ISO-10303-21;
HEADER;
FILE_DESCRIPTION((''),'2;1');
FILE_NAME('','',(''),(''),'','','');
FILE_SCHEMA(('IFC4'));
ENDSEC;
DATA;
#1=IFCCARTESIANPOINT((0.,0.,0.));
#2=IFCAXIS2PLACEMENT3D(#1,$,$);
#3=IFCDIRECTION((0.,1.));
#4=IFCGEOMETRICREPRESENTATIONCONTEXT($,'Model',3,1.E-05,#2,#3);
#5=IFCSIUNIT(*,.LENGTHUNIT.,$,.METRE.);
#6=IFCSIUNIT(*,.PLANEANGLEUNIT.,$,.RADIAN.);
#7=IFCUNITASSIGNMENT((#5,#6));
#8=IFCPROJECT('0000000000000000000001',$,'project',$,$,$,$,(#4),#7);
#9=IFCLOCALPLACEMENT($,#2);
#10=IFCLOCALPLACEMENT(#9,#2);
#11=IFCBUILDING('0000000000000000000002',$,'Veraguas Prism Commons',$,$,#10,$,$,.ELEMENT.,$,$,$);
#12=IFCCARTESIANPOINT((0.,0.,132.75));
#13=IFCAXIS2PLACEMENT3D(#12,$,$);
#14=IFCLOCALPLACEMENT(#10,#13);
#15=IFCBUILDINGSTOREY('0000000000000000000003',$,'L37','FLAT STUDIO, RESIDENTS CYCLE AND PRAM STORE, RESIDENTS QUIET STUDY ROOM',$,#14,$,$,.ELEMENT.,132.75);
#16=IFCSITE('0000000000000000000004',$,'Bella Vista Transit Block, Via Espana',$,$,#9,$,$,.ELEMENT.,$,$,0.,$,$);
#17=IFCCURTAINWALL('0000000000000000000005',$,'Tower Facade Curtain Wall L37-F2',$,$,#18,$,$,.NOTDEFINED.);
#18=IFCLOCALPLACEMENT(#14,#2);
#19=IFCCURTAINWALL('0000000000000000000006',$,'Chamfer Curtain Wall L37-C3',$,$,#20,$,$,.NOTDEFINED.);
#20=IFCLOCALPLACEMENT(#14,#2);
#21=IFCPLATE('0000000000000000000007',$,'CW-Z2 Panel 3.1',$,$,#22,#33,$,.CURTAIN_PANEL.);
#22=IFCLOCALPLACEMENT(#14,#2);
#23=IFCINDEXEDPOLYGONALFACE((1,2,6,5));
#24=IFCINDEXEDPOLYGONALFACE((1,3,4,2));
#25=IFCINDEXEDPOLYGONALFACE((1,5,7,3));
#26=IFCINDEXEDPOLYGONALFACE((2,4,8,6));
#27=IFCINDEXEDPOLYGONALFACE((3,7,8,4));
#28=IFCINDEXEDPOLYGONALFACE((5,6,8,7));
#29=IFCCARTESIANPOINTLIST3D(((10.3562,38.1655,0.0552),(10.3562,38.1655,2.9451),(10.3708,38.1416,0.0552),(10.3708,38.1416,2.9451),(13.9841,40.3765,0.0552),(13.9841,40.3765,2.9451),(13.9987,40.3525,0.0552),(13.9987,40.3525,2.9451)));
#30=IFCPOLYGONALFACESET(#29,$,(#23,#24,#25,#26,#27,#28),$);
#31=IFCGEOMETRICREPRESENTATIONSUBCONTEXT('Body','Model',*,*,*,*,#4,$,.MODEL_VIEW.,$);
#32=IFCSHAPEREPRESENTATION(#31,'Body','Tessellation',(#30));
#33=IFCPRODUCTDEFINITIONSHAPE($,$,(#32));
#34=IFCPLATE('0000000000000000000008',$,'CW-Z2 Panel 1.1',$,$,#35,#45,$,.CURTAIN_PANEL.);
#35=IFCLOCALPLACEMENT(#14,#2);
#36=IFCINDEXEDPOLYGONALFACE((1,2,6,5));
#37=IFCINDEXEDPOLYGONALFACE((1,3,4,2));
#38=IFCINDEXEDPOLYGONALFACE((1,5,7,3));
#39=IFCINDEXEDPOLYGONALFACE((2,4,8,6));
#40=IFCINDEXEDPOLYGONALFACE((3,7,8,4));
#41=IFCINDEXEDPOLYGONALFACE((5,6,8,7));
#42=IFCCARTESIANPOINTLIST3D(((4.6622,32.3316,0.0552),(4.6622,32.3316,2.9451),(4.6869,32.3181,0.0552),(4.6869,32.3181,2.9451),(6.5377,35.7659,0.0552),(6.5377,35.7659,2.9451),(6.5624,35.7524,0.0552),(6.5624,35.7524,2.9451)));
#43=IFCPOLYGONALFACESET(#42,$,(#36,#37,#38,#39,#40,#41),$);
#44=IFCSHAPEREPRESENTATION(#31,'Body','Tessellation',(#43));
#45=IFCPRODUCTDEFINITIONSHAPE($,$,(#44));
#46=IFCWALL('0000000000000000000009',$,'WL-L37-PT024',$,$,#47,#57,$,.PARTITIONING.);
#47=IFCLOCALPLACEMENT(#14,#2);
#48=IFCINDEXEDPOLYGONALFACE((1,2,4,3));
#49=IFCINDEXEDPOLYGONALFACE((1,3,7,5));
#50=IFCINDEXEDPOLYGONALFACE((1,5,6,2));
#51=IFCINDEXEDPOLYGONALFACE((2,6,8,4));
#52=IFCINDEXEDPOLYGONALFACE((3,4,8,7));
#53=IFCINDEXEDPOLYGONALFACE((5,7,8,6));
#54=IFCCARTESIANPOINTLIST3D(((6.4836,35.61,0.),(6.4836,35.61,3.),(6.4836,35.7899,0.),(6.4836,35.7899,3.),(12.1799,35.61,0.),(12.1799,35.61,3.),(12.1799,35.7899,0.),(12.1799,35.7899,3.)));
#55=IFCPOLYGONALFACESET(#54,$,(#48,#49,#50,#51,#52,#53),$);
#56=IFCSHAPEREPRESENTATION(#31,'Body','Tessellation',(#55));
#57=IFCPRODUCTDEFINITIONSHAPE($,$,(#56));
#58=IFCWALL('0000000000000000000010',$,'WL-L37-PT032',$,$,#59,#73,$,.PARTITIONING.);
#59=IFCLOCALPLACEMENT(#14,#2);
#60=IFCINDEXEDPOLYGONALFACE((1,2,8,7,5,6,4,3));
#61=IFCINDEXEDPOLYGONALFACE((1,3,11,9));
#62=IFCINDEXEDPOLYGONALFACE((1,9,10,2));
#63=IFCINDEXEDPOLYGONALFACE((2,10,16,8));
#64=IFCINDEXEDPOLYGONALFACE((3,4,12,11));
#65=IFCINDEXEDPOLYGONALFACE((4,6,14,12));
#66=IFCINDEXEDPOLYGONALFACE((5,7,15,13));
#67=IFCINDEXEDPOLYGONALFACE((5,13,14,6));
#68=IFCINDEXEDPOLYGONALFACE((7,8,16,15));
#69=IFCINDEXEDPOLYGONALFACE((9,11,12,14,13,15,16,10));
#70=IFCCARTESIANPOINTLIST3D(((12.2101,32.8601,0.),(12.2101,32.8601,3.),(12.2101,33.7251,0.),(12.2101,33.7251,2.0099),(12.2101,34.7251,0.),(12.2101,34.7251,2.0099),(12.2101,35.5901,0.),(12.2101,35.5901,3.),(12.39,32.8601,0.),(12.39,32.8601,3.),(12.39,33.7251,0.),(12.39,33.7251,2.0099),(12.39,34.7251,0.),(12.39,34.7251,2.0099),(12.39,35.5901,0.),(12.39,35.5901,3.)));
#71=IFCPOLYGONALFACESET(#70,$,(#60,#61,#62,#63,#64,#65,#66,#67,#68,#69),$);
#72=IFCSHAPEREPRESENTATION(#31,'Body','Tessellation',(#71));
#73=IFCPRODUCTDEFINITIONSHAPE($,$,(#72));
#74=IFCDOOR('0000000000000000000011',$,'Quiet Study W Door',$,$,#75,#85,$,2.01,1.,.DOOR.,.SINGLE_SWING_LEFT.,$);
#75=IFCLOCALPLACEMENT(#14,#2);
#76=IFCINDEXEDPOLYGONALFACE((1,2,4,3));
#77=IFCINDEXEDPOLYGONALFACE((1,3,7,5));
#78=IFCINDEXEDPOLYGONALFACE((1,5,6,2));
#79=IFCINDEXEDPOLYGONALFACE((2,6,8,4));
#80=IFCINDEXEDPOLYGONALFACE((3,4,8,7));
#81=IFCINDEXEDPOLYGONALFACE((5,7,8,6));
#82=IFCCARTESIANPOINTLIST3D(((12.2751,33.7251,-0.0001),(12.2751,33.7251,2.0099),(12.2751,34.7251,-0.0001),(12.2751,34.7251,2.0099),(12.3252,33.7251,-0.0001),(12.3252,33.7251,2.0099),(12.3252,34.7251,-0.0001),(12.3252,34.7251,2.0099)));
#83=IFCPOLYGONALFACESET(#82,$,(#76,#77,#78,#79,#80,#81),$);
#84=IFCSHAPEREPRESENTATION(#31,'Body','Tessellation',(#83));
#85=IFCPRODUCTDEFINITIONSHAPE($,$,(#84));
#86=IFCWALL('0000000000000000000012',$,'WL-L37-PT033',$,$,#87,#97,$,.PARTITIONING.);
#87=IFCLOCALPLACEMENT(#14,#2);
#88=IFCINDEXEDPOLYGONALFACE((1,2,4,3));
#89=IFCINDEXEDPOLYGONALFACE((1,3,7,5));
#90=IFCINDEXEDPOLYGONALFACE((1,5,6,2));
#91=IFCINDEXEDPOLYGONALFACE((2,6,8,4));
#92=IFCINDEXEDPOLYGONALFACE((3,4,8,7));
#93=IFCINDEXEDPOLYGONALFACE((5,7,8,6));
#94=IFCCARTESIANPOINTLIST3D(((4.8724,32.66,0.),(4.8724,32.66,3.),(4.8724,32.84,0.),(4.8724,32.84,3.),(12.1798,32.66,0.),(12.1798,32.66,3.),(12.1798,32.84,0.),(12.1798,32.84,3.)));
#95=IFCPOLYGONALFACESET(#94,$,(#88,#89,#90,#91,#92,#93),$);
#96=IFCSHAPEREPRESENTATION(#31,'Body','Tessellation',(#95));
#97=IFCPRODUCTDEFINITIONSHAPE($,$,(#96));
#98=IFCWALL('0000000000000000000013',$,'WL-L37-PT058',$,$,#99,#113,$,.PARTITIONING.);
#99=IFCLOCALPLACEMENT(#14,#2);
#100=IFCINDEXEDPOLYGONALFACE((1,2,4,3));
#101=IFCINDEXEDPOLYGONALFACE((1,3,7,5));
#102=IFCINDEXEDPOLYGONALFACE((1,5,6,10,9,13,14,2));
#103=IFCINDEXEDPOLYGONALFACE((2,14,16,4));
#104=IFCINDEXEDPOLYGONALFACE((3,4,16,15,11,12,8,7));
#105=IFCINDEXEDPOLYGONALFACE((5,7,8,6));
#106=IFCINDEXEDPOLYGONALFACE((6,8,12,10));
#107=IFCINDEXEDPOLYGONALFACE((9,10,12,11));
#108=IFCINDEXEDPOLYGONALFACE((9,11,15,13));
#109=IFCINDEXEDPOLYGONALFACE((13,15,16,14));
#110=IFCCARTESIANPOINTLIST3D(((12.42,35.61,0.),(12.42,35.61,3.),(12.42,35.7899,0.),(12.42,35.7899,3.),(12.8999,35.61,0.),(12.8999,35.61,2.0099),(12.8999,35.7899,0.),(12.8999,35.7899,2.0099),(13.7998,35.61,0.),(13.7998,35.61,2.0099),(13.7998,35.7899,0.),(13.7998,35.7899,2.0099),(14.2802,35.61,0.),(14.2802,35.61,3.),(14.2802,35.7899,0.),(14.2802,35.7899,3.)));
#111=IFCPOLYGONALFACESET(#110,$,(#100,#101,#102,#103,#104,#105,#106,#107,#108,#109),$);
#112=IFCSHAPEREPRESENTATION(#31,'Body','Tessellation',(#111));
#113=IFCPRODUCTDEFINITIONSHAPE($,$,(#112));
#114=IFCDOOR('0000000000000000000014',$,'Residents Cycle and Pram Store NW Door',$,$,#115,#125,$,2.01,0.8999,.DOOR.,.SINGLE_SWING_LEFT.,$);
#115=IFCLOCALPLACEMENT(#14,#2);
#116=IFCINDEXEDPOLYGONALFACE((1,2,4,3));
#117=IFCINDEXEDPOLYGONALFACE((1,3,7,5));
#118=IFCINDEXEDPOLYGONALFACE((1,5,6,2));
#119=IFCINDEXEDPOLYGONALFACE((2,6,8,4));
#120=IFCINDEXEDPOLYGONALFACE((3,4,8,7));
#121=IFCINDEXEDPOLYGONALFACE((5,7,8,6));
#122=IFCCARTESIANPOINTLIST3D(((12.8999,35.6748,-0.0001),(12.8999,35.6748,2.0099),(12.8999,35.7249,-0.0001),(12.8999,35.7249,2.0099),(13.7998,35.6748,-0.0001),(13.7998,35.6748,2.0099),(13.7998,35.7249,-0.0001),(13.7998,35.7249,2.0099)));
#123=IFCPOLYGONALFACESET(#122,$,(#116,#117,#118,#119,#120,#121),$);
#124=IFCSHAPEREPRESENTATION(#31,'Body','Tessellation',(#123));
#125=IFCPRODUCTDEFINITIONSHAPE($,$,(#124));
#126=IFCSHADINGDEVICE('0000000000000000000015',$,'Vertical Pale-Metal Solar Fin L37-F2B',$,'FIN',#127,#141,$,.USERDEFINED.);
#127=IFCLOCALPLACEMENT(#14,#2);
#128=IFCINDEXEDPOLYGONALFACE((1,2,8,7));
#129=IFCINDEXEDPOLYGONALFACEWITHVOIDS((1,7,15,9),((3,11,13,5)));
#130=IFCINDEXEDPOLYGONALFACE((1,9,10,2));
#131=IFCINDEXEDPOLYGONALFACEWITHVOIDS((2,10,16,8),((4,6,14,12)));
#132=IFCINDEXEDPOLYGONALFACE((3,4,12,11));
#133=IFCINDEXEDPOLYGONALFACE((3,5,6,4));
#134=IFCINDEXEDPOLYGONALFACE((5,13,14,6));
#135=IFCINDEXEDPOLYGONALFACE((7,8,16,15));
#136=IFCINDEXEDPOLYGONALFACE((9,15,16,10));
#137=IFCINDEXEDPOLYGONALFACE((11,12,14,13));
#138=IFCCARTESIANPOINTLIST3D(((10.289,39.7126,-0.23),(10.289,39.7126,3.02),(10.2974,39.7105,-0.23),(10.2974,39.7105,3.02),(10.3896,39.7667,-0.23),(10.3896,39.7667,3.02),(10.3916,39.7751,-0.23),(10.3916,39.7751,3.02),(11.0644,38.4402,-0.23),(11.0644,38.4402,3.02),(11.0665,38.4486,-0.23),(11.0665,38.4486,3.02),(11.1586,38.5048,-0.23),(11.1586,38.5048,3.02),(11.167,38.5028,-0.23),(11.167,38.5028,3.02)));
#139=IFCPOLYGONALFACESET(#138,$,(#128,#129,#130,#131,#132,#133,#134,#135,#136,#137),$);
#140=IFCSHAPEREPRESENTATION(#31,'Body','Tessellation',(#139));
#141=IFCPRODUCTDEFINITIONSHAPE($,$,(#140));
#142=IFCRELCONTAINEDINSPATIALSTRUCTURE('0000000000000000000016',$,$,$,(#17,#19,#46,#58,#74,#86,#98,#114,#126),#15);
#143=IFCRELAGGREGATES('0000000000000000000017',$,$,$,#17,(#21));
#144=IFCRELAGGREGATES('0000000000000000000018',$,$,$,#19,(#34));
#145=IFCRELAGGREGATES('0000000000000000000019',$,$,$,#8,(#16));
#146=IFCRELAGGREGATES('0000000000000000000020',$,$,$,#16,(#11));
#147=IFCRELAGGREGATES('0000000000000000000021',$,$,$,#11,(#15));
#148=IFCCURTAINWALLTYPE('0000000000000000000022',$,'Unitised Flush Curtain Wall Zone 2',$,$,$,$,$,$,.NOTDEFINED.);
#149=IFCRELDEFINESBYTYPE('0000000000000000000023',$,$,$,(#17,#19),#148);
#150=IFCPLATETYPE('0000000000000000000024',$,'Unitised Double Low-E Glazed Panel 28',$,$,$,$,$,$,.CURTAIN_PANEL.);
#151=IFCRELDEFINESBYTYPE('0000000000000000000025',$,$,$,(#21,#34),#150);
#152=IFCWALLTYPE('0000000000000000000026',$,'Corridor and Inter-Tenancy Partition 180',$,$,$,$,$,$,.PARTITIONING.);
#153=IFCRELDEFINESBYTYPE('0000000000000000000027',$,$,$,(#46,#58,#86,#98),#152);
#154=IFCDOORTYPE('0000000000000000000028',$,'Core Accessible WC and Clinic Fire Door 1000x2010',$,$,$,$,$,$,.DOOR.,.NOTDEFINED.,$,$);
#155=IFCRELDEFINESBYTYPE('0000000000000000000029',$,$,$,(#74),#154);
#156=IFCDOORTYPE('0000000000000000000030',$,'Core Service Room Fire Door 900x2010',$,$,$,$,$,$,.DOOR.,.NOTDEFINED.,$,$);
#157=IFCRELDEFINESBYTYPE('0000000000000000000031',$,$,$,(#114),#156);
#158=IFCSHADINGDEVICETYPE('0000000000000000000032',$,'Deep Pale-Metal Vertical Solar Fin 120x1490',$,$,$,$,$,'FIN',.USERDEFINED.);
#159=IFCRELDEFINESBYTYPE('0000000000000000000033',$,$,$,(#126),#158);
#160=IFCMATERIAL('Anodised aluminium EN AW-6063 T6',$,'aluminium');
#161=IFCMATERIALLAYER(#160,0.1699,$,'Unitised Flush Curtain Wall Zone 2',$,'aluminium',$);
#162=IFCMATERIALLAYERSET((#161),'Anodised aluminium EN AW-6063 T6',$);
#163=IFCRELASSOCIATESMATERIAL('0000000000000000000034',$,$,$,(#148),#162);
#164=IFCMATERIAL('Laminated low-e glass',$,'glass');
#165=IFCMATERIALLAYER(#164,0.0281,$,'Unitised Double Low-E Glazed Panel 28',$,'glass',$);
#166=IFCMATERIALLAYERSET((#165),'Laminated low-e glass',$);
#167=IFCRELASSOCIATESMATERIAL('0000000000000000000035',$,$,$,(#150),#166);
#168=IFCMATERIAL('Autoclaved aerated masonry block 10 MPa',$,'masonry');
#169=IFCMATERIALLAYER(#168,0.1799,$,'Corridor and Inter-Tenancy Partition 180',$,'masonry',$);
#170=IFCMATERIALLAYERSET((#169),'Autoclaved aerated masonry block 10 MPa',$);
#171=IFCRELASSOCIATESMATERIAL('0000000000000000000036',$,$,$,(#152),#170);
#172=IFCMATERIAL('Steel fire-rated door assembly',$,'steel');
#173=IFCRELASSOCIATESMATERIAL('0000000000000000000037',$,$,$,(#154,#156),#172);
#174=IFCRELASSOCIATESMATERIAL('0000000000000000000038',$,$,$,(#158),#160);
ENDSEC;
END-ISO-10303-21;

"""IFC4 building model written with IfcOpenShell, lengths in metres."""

from ifc_helpers import new_model, si_unit, direction, frame, frame_2d, origin, origin_2d, place, context, subcontext, project, spatial, rectangle, hollow_rectangle, extrude, source, transform, mapped, material, layer, layer_set, material_profile, profile_set, type_object, element, fill, aggregate, save


model = new_model("IFC4")

# Units and contexts
model_context = context("Model", 3, precision=1e-05, world=origin(), true_north=direction((0.0, 1.0)))
body_context = subcontext(model_context, "Body", "Model", "MODEL_VIEW")
ifc_project = project(units=[si_unit("LENGTHUNIT", "METRE"), si_unit("PLANEANGLEUNIT", "RADIAN")], contexts=[model_context])

# Site, building, storey
site_placement = place(None, origin())
site = spatial("IfcSite", under=ifc_project, at=site_placement, Name="Bella Vista Transit Block, Via Espana", CompositionType="ELEMENT", RefElevation=0.0)
building_placement = place(site_placement, origin())
building = spatial("IfcBuilding", under=site, at=building_placement, Name="Veraguas Prism Commons", CompositionType="ELEMENT")
storey_placement = place(building_placement, frame((0.0, 0.0, 132.75)))
storey = spatial("IfcBuildingStorey", under=building, at=storey_placement, Name="L37", Description="FLAT STUDIO, RESIDENTS CYCLE AND PRAM STORE, RESIDENTS QUIET STUDY ROOM", CompositionType="ELEMENT", Elevation=132.75)

# Curtain wall
ifc_material_1 = material(Name="Anodised aluminium EN AW-6063 T6", Category="aluminium")
ifc_layer_1 = layer(ifc_material_1, 0.1699, Name="Unitised Flush Curtain Wall Zone 2", Category="aluminium")
ifc_layer_set_1 = layer_set([ifc_layer_1], Name="Anodised aluminium EN AW-6063 T6")
curtain_wall_type = type_object("IfcCurtainWallType", Name="Unitised Flush Curtain Wall Zone 2", PredefinedType="NOTDEFINED", material=ifc_layer_set_1)
curtain_wall_1_placement = place(storey_placement, origin())
curtain_wall_1 = element("IfcCurtainWall", 1, at=curtain_wall_1_placement, inside=storey, type_object=curtain_wall_type, Name="Tower Facade Curtain Wall L37-F2", PredefinedType="NOTDEFINED")

# Curtain wall
curtain_wall_2_placement = place(storey_placement, origin())
curtain_wall_2 = element("IfcCurtainWall", 2, at=curtain_wall_2_placement, inside=storey, type_object=curtain_wall_type, Name="Chamfer Curtain Wall L37-C3", PredefinedType="NOTDEFINED")

# Plates
ifc_material_2 = material(Name="Laminated low-e glass", Category="glass")
ifc_layer_2 = layer(ifc_material_2, 0.0281, Name="Unitised Double Low-E Glazed Panel 28", Category="glass")
ifc_layer_set_2 = layer_set([ifc_layer_2], Name="Laminated low-e glass")
plate_type = type_object("IfcPlateType", Name="Unitised Double Low-E Glazed Panel 28", PredefinedType="CURTAIN_PANEL", material=ifc_layer_set_2)
shared_shape_1 = source(origin(), body_context, "Body", "SweptSolid", [
    extrude(rectangle(XDim=4.2485, YDim=0.0281, at=origin_2d()), origin(), (0.0, 0.0, 1.0), 2.8899),
])
plate_1_placement = place(storey_placement, frame((12.1775, 39.259, 0.0552), z_axis=(0.0, 0.0, 1.0), x_axis=(-0.853916, -0.520411, 0.0)))
plate_1 = element("IfcPlate", 3, at=plate_1_placement, type_object=plate_type, Name="CW-Z2 Panel 3.1", PredefinedType="CURTAIN_PANEL", context=body_context, shape_type="MappedRepresentation", body=[
    mapped(shared_shape_1, transform((0.0, 0.0, 0.0), scale=1.0)),
])
aggregate(curtain_wall_1, [plate_1])
shared_shape_2 = source(origin(), body_context, "Body", "SweptSolid", [
    extrude(rectangle(XDim=3.9131, YDim=0.0281, at=origin_2d()), origin(), (0.0, 0.0, 1.0), 2.8899),
])
plate_2_placement = place(storey_placement, frame((5.6123, 34.042, 0.0552), z_axis=(0.0, 0.0, 1.0), x_axis=(-0.479294, -0.877654, 0.0)))
plate_2 = element("IfcPlate", 4, at=plate_2_placement, type_object=plate_type, Name="CW-Z2 Panel 1.1", PredefinedType="CURTAIN_PANEL", context=body_context, shape_type="MappedRepresentation", body=[
    mapped(shared_shape_2, transform((0.0, 0.0, 0.0), scale=1.0)),
])
aggregate(curtain_wall_2, [plate_2])

# Wall
ifc_material_3 = material(Name="Autoclaved aerated masonry block 10 MPa", Category="masonry")
ifc_layer_3 = layer(ifc_material_3, 0.1799, Name="Corridor and Inter-Tenancy Partition 180", Category="masonry")
ifc_layer_set_3 = layer_set([ifc_layer_3], Name="Autoclaved aerated masonry block 10 MPa")
wall_type = type_object("IfcWallType", Name="Corridor and Inter-Tenancy Partition 180", PredefinedType="PARTITIONING", material=ifc_layer_set_3)
wall_1_placement = place(storey_placement, frame((12.1799, 35.7, 0.0), z_axis=(0.0, 0.0, 1.0), x_axis=(-1.0, 0.0, 0.0)))
element("IfcWall", 5, at=wall_1_placement, inside=storey, type_object=wall_type, Name="WL-L37-PT024", PredefinedType="PARTITIONING", context=body_context, shape_type="SweptSolid", body=[
    extrude(rectangle(XDim=5.6963, YDim=0.1799, at=frame_2d((2.8481, 0.0))), origin(), (0.0, 0.0, 1.0), 3.0),
])

# Wall, opening, door
wall_2_placement = place(storey_placement, frame((12.3, 32.8601, 0.0), z_axis=(0.0, 0.0, 1.0), x_axis=(0.0, 1.0, 0.0)))
wall_2 = element("IfcWall", 6, at=wall_2_placement, inside=storey, type_object=wall_type, Name="WL-L37-PT032", PredefinedType="PARTITIONING", context=body_context, shape_type="SweptSolid", body=[
    extrude(rectangle(XDim=2.73, YDim=0.1799, at=frame_2d((1.365, 0.0))), origin(), (0.0, 0.0, 1.0), 3.0),
])
opening_1_placement = place(wall_2_placement, frame((0.865, 0.0, 0.0)))
opening_1 = element("IfcOpeningElement", 7, at=opening_1_placement, cuts=wall_2, PredefinedType="OPENING", context=body_context, shape_type="SweptSolid", body=[
    extrude(rectangle(XDim=1.0, YDim=2.01, at=frame_2d((0.5, 1.0049))), frame((0.0, 0.0999, 0.0), z_axis=(0.0, -1.0, 0.0), x_axis=(1.0, 0.0, 0.0)), (0.0, 0.0, 1.0), 0.2),
])
ifc_material_4 = material(Name="Steel fire-rated door assembly", Category="steel")
door_type_1 = type_object("IfcDoorType", Name="Core Accessible WC and Clinic Fire Door 1000x2010", OperationType="NOTDEFINED", PredefinedType="DOOR", material=ifc_material_4)
shared_shape_3 = source(origin(), body_context, "Body", "SweptSolid", [
    extrude(rectangle(XDim=1.0, YDim=2.01, at=frame_2d((0.5, 1.0049))), frame((0.0, 0.0249, 0.0), z_axis=(0.0, -1.0, 0.0), x_axis=(1.0, 0.0, 0.0)), (0.0, 0.0, 1.0), 0.05),
])
door_1_placement = place(opening_1_placement, origin())
door_1 = element("IfcDoor", 8, at=door_1_placement, inside=storey, type_object=door_type_1, Name="Quiet Study W Door", OperationType="SINGLE_SWING_LEFT", OverallHeight=2.01, OverallWidth=1.0, PredefinedType="DOOR", context=body_context, shape_type="MappedRepresentation", body=[
    mapped(shared_shape_3, transform((0.0, 0.0, 0.0), scale=1.0)),
])
fill(opening_1, door_1)

# Wall
wall_3_placement = place(storey_placement, frame((12.1799, 32.75, 0.0), z_axis=(0.0, 0.0, 1.0), x_axis=(-1.0, 0.0, 0.0)))
element("IfcWall", 9, at=wall_3_placement, inside=storey, type_object=wall_type, Name="WL-L37-PT033", PredefinedType="PARTITIONING", context=body_context, shape_type="SweptSolid", body=[
    extrude(rectangle(XDim=7.3074, YDim=0.1799, at=frame_2d((3.6538, 0.0))), origin(), (0.0, 0.0, 1.0), 3.0),
])

# Wall, opening, door
wall_4_placement = place(storey_placement, frame((12.4199, 35.7, 0.0), z_axis=(0.0, 0.0, 1.0), x_axis=(1.0, 0.0, 0.0)))
wall_4 = element("IfcWall", 10, at=wall_4_placement, inside=storey, type_object=wall_type, Name="WL-L37-PT058", PredefinedType="PARTITIONING", context=body_context, shape_type="SweptSolid", body=[
    extrude(rectangle(XDim=1.8601, YDim=0.1799, at=frame_2d((0.9302, 0.0))), origin(), (0.0, 0.0, 1.0), 3.0),
])
opening_2_placement = place(wall_4_placement, frame((0.48, 0.0, 0.0)))
opening_2 = element("IfcOpeningElement", 11, at=opening_2_placement, cuts=wall_4, PredefinedType="OPENING", context=body_context, shape_type="SweptSolid", body=[
    extrude(rectangle(XDim=0.8999, YDim=2.01, at=frame_2d((0.45, 1.0049))), frame((0.0, 0.0999, 0.0), z_axis=(0.0, -1.0, 0.0), x_axis=(1.0, 0.0, 0.0)), (0.0, 0.0, 1.0), 0.2),
])
door_type_2 = type_object("IfcDoorType", Name="Core Service Room Fire Door 900x2010", OperationType="NOTDEFINED", PredefinedType="DOOR", material=ifc_material_4)
shared_shape_4 = source(origin(), body_context, "Body", "SweptSolid", [
    extrude(rectangle(XDim=0.8999, YDim=2.01, at=frame_2d((0.45, 1.0049))), frame((0.0, 0.0249, 0.0), z_axis=(0.0, -1.0, 0.0), x_axis=(1.0, 0.0, 0.0)), (0.0, 0.0, 1.0), 0.05),
])
door_2_placement = place(opening_2_placement, origin())
door_2 = element("IfcDoor", 12, at=door_2_placement, inside=storey, type_object=door_type_2, Name="Residents Cycle and Pram Store NW Door", OperationType="SINGLE_SWING_LEFT", OverallHeight=2.01, OverallWidth=0.8999, PredefinedType="DOOR", context=body_context, shape_type="MappedRepresentation", body=[
    mapped(shared_shape_4, transform((0.0, 0.0, 0.0), scale=1.0)),
])
fill(opening_2, door_2)

# Shading device
ifc_material_profile_1 = material_profile(ifc_material_1, hollow_rectangle(XDim=0.1201, YDim=1.49, WallThickness=0.0061, at=origin_2d()), Name="FIN120X1490X6")
ifc_profile_set_1 = profile_set([ifc_material_profile_1], Name="Anodised aluminium EN AW-6063 T6")
shading_device_type = type_object("IfcShadingDeviceType", Name="Deep Pale-Metal Vertical Solar Fin 120x1490", ElementType="FIN", PredefinedType="USERDEFINED", material=ifc_profile_set_1)
shading_device_placement = place(storey_placement, frame((10.728, 39.1077, -0.23), z_axis=(0.0, 0.0, 1.0), x_axis=(-0.853916, -0.520411, 0.0)))
element("IfcShadingDevice", 13, at=shading_device_placement, inside=storey, type_object=shading_device_type, Name="Vertical Pale-Metal Solar Fin L37-F2B", ObjectType="FIN", PredefinedType="USERDEFINED", context=body_context, shape_type="SweptSolid", body=[
    extrude(hollow_rectangle(XDim=0.1201, YDim=1.49, WallThickness=0.0061, at=origin_2d()), origin(), (0.0, 0.0, 1.0), 3.25),
])

save(model, "model.ifc")
